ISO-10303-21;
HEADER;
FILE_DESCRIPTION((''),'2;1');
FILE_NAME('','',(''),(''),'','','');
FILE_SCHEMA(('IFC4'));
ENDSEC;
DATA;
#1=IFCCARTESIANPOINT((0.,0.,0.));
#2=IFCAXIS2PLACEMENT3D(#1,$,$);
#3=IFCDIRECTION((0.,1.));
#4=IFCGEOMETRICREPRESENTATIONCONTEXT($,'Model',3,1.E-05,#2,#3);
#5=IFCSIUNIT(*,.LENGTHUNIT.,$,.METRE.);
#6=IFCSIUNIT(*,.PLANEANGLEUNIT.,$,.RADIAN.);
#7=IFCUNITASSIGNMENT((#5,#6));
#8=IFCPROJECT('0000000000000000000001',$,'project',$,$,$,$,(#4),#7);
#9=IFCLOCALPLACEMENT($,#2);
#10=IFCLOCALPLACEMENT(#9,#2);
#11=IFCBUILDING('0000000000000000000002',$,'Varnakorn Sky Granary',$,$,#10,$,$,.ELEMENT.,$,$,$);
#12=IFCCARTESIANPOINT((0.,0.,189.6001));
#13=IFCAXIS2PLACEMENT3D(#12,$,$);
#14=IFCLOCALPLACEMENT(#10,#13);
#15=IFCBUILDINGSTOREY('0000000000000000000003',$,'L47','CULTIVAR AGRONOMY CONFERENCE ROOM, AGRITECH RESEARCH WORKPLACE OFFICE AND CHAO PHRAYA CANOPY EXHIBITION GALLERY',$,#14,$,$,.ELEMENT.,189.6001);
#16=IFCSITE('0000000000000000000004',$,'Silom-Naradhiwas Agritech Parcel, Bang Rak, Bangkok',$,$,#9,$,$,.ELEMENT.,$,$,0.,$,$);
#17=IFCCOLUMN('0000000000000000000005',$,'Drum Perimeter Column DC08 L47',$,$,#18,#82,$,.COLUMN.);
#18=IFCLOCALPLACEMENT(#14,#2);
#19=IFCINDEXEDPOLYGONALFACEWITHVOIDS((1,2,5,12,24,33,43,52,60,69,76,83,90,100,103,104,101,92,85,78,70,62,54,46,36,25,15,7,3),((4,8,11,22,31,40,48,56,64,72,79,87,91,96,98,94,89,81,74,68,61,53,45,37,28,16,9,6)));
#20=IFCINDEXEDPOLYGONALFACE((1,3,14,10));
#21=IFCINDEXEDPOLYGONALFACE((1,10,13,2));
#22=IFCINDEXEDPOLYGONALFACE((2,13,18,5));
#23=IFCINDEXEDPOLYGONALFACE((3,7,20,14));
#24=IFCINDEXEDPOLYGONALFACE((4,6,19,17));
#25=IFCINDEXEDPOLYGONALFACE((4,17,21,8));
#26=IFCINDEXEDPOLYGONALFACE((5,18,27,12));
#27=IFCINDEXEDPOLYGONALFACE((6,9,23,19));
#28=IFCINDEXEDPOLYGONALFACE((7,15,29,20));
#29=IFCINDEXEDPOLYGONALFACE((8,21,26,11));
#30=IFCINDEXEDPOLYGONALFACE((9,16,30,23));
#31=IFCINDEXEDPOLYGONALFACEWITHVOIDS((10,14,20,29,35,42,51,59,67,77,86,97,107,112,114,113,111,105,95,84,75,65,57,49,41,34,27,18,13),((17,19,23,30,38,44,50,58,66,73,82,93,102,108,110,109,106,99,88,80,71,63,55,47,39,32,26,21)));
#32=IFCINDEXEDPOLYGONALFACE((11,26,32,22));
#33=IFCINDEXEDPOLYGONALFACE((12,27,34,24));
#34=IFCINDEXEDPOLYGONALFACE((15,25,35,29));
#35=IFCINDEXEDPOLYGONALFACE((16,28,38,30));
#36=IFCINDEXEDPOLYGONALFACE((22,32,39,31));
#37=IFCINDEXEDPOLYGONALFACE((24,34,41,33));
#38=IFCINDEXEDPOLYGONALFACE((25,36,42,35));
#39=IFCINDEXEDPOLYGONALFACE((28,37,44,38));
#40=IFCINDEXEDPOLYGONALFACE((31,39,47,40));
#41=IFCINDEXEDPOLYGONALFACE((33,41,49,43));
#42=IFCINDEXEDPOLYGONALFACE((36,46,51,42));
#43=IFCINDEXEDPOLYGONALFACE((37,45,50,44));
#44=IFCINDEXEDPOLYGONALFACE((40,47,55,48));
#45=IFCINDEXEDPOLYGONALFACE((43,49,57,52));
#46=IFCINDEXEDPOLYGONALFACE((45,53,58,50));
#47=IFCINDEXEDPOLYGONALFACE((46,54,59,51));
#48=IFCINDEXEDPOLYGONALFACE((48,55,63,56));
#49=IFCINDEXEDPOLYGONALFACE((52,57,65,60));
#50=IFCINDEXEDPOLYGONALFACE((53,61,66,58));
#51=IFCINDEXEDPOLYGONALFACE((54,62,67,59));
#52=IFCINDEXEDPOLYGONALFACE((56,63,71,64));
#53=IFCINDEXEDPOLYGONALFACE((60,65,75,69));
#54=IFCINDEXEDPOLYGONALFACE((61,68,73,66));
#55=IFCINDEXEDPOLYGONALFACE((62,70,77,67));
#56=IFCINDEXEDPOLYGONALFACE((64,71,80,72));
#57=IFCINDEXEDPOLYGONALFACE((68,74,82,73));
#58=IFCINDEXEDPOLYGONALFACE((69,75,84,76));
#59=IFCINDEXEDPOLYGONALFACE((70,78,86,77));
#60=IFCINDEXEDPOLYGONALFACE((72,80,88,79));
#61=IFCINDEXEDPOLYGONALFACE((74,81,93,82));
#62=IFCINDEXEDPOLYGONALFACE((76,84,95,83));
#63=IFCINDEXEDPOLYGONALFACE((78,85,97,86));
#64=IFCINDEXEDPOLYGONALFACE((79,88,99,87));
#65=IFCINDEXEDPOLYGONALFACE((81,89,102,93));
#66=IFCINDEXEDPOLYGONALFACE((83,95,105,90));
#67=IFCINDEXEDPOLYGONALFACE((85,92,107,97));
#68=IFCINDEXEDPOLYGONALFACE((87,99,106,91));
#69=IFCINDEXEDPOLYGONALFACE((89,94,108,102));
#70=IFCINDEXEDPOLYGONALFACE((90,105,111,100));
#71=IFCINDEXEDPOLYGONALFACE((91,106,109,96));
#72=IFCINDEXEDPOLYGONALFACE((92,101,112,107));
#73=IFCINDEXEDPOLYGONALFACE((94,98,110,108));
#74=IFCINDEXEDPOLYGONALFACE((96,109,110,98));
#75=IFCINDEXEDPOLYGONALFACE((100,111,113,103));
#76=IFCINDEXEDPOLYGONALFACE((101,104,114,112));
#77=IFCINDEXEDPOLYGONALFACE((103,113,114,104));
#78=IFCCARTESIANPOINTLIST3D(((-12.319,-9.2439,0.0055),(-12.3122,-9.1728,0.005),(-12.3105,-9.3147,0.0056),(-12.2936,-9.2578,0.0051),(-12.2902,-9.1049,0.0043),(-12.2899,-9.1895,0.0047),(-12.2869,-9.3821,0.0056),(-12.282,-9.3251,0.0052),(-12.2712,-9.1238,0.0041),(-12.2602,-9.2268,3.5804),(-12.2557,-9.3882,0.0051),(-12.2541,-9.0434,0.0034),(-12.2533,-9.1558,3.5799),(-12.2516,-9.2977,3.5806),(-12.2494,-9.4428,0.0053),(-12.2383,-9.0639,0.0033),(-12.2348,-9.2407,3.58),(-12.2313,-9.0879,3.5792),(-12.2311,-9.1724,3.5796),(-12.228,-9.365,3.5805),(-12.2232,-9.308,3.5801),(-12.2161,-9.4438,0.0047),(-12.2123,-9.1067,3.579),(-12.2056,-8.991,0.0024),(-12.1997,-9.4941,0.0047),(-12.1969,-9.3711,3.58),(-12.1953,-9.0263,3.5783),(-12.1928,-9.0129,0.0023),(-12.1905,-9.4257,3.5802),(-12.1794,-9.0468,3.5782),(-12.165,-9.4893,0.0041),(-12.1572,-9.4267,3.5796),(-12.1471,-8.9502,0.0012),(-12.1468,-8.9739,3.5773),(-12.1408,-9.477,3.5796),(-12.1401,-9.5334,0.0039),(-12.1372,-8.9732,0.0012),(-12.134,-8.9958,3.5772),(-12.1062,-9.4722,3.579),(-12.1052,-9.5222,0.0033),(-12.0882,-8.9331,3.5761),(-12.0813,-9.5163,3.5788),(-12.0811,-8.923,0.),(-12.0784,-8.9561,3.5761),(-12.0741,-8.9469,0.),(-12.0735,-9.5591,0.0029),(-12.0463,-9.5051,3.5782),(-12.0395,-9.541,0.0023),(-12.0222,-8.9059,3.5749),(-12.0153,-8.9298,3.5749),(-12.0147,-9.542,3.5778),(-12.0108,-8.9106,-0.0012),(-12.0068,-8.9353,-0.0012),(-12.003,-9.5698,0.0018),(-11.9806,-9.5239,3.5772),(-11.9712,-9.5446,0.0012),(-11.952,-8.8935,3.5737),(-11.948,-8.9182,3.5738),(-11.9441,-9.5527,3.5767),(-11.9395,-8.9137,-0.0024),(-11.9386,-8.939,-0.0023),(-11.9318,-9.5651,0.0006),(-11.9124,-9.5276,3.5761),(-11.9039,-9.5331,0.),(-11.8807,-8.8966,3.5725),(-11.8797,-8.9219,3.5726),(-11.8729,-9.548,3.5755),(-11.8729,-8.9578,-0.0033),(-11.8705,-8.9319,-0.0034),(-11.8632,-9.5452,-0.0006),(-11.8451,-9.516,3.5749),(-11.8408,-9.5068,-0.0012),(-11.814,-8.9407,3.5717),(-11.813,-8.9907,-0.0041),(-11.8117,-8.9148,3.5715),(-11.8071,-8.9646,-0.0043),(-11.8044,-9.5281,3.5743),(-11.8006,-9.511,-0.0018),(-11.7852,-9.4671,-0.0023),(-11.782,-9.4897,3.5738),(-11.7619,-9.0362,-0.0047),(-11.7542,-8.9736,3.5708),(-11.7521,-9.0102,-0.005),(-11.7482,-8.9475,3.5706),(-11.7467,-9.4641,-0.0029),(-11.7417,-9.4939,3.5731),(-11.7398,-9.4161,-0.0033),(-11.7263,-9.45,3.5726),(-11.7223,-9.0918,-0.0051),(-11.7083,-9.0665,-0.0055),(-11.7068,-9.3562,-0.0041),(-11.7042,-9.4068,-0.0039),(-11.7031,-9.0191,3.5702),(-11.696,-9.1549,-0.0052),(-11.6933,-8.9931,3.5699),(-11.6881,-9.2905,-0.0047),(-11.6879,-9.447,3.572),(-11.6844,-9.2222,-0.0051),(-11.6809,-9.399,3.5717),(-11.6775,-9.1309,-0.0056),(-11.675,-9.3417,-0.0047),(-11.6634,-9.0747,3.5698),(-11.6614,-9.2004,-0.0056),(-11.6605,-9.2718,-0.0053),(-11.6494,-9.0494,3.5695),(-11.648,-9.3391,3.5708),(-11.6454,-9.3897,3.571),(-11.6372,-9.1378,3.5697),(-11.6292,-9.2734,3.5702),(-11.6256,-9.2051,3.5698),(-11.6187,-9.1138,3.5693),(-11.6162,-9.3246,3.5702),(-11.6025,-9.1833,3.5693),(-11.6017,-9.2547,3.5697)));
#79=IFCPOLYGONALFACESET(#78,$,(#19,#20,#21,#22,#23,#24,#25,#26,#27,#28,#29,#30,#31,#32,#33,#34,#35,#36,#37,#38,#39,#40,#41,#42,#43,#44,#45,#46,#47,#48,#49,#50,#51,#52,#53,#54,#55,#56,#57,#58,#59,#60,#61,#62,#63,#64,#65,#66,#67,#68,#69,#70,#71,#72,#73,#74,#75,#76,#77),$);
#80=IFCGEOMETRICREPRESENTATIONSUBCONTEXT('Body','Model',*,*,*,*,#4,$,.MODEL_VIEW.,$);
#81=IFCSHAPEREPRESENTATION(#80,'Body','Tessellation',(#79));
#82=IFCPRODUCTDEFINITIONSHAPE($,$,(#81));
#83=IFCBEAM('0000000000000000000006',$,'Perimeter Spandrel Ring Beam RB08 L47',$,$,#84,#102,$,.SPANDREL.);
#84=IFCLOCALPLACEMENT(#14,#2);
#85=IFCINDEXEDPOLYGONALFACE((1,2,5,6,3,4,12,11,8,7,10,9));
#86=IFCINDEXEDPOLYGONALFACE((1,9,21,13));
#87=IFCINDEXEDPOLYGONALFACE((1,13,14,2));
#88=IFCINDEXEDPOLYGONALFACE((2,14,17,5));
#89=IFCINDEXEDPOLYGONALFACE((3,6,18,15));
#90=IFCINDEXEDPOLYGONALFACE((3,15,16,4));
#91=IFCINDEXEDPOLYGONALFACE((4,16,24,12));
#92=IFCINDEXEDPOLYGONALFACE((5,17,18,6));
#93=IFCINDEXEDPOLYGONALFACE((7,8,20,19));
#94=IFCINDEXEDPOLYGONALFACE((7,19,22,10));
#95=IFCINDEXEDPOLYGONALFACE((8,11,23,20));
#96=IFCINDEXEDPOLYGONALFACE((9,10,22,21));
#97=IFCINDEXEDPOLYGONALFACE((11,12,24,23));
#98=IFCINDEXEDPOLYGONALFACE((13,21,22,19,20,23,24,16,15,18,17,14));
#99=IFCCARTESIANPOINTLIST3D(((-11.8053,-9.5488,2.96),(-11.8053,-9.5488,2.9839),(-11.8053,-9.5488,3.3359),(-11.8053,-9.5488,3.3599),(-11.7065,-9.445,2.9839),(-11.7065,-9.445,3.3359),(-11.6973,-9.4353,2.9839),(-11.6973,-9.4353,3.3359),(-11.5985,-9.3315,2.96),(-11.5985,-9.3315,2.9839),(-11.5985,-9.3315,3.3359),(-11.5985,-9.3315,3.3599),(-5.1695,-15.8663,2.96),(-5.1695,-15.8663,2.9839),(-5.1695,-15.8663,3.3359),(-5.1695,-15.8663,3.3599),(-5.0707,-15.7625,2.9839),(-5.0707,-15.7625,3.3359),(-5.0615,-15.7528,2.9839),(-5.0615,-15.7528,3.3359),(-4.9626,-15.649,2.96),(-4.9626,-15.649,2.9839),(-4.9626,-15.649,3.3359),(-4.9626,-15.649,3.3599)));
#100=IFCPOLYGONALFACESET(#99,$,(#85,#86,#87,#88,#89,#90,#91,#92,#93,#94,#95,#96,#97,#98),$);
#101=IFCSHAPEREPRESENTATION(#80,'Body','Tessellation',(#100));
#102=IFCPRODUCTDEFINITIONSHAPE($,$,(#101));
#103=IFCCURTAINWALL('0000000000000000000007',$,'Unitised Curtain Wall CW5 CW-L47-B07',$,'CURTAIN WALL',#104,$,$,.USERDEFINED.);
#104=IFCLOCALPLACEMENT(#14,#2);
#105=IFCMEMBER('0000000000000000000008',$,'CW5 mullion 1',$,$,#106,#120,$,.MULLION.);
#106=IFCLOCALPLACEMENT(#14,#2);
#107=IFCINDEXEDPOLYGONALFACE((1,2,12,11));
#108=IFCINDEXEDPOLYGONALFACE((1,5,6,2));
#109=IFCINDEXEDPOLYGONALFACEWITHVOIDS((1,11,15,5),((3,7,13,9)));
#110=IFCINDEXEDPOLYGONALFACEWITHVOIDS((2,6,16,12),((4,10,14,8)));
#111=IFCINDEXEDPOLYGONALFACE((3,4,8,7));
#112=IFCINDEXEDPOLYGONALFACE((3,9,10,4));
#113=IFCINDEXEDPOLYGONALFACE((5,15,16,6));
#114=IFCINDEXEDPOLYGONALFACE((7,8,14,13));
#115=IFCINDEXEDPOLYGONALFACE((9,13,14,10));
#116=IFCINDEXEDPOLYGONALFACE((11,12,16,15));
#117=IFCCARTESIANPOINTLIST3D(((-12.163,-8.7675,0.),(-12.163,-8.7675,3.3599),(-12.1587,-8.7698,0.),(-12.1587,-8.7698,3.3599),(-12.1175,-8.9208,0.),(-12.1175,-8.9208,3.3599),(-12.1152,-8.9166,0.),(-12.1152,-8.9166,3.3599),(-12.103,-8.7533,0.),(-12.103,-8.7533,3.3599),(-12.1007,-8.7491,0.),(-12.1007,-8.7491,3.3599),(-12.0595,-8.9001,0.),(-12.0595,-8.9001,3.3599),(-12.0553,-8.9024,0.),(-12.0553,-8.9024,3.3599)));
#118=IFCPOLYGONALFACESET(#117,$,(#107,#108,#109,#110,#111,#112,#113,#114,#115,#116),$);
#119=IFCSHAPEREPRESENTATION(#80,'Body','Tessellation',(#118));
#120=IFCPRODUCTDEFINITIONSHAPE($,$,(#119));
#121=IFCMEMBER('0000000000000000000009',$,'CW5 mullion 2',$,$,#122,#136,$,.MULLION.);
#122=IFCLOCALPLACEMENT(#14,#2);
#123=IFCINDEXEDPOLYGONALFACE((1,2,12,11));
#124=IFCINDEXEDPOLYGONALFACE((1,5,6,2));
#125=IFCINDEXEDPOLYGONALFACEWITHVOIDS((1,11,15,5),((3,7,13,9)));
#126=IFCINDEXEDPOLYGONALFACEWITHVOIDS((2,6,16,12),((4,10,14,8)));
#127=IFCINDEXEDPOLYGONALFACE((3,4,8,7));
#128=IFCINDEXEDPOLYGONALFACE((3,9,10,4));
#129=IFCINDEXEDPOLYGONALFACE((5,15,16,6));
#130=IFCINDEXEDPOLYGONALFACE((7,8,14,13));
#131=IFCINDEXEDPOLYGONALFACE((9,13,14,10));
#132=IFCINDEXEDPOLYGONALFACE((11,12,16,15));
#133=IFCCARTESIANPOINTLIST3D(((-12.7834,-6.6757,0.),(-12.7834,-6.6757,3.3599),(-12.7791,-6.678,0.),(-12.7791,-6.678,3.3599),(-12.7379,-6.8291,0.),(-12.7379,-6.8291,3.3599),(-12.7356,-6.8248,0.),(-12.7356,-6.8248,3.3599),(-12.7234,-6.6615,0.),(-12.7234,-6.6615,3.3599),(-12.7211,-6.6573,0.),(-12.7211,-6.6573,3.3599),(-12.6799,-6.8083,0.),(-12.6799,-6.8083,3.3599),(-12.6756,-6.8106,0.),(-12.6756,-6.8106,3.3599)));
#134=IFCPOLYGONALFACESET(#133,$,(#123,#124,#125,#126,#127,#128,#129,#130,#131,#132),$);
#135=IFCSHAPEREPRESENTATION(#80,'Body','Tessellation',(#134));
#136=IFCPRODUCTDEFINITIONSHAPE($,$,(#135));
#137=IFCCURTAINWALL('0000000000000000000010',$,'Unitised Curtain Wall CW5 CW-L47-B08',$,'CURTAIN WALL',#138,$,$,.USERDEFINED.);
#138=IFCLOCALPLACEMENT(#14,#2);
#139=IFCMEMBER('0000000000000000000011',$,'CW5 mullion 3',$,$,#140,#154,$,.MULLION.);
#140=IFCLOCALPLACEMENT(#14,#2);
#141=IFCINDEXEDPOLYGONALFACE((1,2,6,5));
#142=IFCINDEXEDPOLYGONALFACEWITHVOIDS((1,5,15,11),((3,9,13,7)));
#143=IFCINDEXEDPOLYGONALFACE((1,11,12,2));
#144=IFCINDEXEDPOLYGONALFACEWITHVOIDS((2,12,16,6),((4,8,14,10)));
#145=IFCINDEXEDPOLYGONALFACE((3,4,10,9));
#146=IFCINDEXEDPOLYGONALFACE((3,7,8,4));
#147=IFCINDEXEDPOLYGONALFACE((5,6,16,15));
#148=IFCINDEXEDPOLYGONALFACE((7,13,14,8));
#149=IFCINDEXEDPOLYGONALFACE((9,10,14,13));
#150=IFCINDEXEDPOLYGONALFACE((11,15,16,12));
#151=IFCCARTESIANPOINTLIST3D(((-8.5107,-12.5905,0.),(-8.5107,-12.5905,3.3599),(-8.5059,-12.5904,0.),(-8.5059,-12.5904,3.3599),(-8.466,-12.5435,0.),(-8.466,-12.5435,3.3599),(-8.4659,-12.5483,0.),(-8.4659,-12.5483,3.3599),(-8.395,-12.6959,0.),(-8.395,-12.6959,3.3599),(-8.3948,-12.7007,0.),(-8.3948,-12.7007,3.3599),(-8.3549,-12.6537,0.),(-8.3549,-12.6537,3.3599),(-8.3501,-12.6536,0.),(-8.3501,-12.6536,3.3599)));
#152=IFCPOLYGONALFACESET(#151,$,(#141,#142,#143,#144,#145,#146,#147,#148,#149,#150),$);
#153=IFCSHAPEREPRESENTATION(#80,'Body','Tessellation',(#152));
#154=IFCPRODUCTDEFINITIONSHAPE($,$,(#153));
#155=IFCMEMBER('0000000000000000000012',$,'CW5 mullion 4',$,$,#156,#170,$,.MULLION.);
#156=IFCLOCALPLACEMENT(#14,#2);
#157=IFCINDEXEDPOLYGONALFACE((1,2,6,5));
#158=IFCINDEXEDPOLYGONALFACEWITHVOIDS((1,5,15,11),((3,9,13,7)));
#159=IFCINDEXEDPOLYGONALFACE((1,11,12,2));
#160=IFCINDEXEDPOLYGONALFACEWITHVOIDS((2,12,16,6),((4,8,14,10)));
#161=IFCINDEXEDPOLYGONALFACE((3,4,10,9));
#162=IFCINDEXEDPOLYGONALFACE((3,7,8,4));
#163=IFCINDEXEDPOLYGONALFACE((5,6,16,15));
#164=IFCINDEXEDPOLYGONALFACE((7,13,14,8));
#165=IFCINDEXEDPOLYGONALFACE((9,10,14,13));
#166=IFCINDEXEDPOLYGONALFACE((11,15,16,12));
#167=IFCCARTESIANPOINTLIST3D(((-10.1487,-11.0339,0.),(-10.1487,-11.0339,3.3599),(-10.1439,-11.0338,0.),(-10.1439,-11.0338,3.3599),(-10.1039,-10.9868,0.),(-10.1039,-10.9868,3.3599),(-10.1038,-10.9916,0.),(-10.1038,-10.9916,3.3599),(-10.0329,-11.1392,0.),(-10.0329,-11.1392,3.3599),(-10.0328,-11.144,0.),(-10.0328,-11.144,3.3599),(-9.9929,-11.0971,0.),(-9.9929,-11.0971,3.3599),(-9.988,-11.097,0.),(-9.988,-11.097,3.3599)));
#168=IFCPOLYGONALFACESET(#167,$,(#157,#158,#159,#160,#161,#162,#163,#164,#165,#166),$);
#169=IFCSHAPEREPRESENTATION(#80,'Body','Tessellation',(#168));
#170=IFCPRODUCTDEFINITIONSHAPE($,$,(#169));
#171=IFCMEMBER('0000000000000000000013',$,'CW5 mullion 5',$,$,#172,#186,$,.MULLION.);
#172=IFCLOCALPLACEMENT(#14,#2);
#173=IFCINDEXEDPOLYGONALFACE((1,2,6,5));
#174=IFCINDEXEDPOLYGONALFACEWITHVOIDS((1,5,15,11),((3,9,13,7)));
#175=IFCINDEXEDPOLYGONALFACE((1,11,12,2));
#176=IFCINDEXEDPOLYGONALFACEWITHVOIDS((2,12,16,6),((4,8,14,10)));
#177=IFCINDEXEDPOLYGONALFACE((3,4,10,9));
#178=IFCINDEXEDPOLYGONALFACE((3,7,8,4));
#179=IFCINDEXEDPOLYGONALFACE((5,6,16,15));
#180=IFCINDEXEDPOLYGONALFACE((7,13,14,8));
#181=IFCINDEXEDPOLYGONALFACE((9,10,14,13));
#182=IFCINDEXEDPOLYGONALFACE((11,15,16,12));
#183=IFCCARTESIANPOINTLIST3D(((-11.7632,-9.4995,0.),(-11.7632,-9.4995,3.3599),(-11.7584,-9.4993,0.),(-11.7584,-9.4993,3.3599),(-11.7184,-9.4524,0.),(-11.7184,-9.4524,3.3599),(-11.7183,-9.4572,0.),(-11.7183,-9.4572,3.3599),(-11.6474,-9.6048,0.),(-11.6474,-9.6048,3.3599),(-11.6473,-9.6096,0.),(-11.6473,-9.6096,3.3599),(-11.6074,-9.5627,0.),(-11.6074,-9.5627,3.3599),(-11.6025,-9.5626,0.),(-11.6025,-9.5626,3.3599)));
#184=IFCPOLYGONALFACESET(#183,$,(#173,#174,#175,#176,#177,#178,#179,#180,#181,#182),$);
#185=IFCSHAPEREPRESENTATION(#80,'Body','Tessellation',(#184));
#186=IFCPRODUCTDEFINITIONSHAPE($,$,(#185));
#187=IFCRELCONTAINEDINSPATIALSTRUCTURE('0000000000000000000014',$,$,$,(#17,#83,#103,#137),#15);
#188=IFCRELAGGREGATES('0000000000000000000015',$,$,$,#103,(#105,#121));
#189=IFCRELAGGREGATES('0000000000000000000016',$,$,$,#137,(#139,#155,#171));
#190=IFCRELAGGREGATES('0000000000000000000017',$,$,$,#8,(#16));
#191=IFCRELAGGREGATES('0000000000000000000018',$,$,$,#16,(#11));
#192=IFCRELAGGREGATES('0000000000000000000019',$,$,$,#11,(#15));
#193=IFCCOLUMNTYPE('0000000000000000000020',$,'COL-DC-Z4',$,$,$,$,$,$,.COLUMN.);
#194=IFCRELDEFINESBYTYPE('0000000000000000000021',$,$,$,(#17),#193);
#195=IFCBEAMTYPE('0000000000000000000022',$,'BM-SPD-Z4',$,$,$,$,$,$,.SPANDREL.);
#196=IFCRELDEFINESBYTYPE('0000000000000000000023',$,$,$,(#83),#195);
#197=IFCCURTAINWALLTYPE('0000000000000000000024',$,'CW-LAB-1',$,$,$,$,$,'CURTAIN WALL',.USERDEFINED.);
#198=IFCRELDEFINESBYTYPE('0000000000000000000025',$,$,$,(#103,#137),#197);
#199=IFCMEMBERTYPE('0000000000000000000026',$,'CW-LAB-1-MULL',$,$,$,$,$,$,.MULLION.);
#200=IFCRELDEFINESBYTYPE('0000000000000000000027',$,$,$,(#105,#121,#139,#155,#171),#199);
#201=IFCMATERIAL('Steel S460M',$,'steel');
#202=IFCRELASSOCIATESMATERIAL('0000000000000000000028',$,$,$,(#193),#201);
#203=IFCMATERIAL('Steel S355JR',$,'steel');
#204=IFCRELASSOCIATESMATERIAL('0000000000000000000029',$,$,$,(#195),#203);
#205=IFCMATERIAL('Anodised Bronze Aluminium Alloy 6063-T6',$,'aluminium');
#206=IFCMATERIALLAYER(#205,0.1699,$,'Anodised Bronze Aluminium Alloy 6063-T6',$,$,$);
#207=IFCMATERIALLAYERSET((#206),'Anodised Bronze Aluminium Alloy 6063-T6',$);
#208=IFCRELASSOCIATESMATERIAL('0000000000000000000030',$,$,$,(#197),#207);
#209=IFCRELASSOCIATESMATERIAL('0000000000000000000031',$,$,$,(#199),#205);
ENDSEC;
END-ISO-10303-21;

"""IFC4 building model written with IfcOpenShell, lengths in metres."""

from ifc_helpers import new_model, si_unit, direction, frame, origin, origin_2d, place, context, subcontext, project, spatial, hollow_rectangle, hollow_circle, i_section, extrude, material, layer, layer_set, material_profile, profile_set, type_object, element, aggregate, save


model = new_model("IFC4")

# Units and contexts
model_context = context("Model", 3, precision=1e-05, world=origin(), true_north=direction((0.0, 1.0)))
body_context = subcontext(model_context, "Body", "Model", "MODEL_VIEW")
ifc_project = project(units=[si_unit("LENGTHUNIT", "METRE"), si_unit("PLANEANGLEUNIT", "RADIAN")], contexts=[model_context])

# Site, building, storey
site_placement = place(None, origin())
site = spatial("IfcSite", under=ifc_project, at=site_placement, Name="Silom-Naradhiwas Agritech Parcel, Bang Rak, Bangkok", CompositionType="ELEMENT", RefElevation=0.0)
building_placement = place(site_placement, origin())
building = spatial("IfcBuilding", under=site, at=building_placement, Name="Varnakorn Sky Granary", CompositionType="ELEMENT")
storey_placement = place(building_placement, frame((0.0, 0.0, 189.6001)))
storey = spatial("IfcBuildingStorey", under=building, at=storey_placement, Name="L47", Description="CULTIVAR AGRONOMY CONFERENCE ROOM, AGRITECH RESEARCH WORKPLACE OFFICE AND CHAO PHRAYA CANOPY EXHIBITION GALLERY", CompositionType="ELEMENT", Elevation=189.6001)

# Column
ifc_material_1 = material(Name="Steel S460M", Category="steel")
ifc_material_profile_1 = material_profile(ifc_material_1, hollow_circle(Radius=0.3301, WallThickness=0.0249, at=origin_2d()), Name="CHS 660x25")
ifc_profile_set_1 = profile_set([ifc_material_profile_1], Name="Steel S460M")
column_type = type_object("IfcColumnType", Name="COL-DC-Z4", PredefinedType="COLUMN", material=ifc_profile_set_1)
column_placement = place(storey_placement, frame((-11.989, -9.24, 0.0), z_axis=(0.016456, 0.00478, 0.999853), x_axis=(-0.278929, 0.960312, 0.0)))
element("IfcColumn", 1, at=column_placement, inside=storey, type_object=column_type, Name="Drum Perimeter Column DC08 L47", PredefinedType="COLUMN", context=body_context, shape_type="SweptSolid", body=[
    extrude(hollow_circle(Radius=0.3301, WallThickness=0.0249, at=origin_2d()), origin(), (0.0, 0.0, 1.0), 3.5754),
])

# Beam
ifc_material_2 = material(Name="Steel S355JR", Category="steel")
ifc_material_profile_2 = material_profile(ifc_material_2, i_section(OverallWidth=0.3, OverallDepth=0.3999, WebThickness=0.0134, FlangeThickness=0.0239, at=origin_2d()), Name="HE 400 B")
ifc_profile_set_2 = profile_set([ifc_material_profile_2], Name="Steel S355JR")
beam_type = type_object("IfcBeamType", Name="BM-SPD-Z4", PredefinedType="SPANDREL", material=ifc_profile_set_2)
beam_placement = place(storey_placement, frame((-11.7019, -9.4402, 3.1599), z_axis=(0.724267, -0.689519, 0.0), x_axis=(0.689519, 0.724267, 0.0)))
element("IfcBeam", 2, at=beam_placement, inside=storey, type_object=beam_type, Name="Perimeter Spandrel Ring Beam RB08 L47", PredefinedType="SPANDREL", context=body_context, shape_type="SweptSolid", body=[
    extrude(i_section(OverallWidth=0.3, OverallDepth=0.3999, WebThickness=0.0134, FlangeThickness=0.0239, at=origin_2d()), origin(), (0.0, 0.0, 1.0), 9.1621),
])

# Curtain walls, members
ifc_material_3 = material(Name="Anodised Bronze Aluminium Alloy 6063-T6", Category="aluminium")
ifc_layer_1 = layer(ifc_material_3, 0.1699, Name="Anodised Bronze Aluminium Alloy 6063-T6")
ifc_layer_set_1 = layer_set([ifc_layer_1], Name="Anodised Bronze Aluminium Alloy 6063-T6")
curtain_wall_type = type_object("IfcCurtainWallType", Name="CW-LAB-1", ElementType="CURTAIN WALL", PredefinedType="USERDEFINED", material=ifc_layer_set_1)
curtain_wall_1_placement = place(storey_placement, origin())
curtain_wall_1 = element("IfcCurtainWall", 3, at=curtain_wall_1_placement, inside=storey, type_object=curtain_wall_type, Name="Unitised Curtain Wall CW5 CW-L47-B07", ObjectType="CURTAIN WALL", PredefinedType="USERDEFINED")
ifc_material_profile_3 = material_profile(ifc_material_3, hollow_rectangle(XDim=0.0649, YDim=0.1599, WallThickness=0.0034, at=origin_2d()), Name="ALU MULL 65x160")
ifc_profile_set_3 = profile_set([ifc_material_profile_3], Name="Anodised Bronze Aluminium Alloy 6063-T6")
member_type_1 = type_object("IfcMemberType", Name="CW-LAB-1-MULL", PredefinedType="MULLION", material=ifc_profile_set_3)
member_1_placement = place(storey_placement, frame((-12.1091, -8.835, 0.0), z_axis=(0.0, 0.0, 1.0), x_axis=(-0.958737, -0.284295, 0.0)))
member_1 = element("IfcMember", 4, at=member_1_placement, type_object=member_type_1, Name="CW5 mullion 1", PredefinedType="MULLION", context=body_context, shape_type="SweptSolid", body=[
    extrude(hollow_rectangle(XDim=0.0649, YDim=0.1599, WallThickness=0.0034, at=origin_2d()), origin(), (0.0, 0.0, 1.0), 3.3599),
])
member_2_placement = place(storey_placement, frame((-12.7295, -6.7432, 0.0), z_axis=(0.0, 0.0, 1.0), x_axis=(-0.958737, -0.284295, 0.0)))
member_2 = element("IfcMember", 5, at=member_2_placement, type_object=member_type_1, Name="CW5 mullion 2", PredefinedType="MULLION", context=body_context, shape_type="SweptSolid", body=[
    extrude(hollow_rectangle(XDim=0.0649, YDim=0.1599, WallThickness=0.0034, at=origin_2d()), origin(), (0.0, 0.0, 1.0), 3.3599),
])
curtain_wall_2_placement = place(storey_placement, origin())
curtain_wall_2 = element("IfcCurtainWall", 6, at=curtain_wall_2_placement, inside=storey, type_object=curtain_wall_type, Name="Unitised Curtain Wall CW5 CW-L47-B08", ObjectType="CURTAIN WALL", PredefinedType="USERDEFINED")
member_3_placement = place(storey_placement, frame((-8.4304, -12.6221, 0.0), z_axis=(0.0, 0.0, 1.0), x_axis=(-0.688905, -0.724851, 0.0)))
member_3 = element("IfcMember", 7, at=member_3_placement, type_object=member_type_1, Name="CW5 mullion 3", PredefinedType="MULLION", context=body_context, shape_type="SweptSolid", body=[
    extrude(hollow_rectangle(XDim=0.0649, YDim=0.1599, WallThickness=0.0034, at=origin_2d()), origin(), (0.0, 0.0, 1.0), 3.3599),
])
member_4_placement = place(storey_placement, frame((-10.0684, -11.0654, 0.0), z_axis=(0.0, 0.0, 1.0), x_axis=(-0.688905, -0.724851, 0.0)))
member_4 = element("IfcMember", 8, at=member_4_placement, type_object=member_type_1, Name="CW5 mullion 4", PredefinedType="MULLION", context=body_context, shape_type="SweptSolid", body=[
    extrude(hollow_rectangle(XDim=0.0649, YDim=0.1599, WallThickness=0.0034, at=origin_2d()), origin(), (0.0, 0.0, 1.0), 3.3599),
])
member_5_placement = place(storey_placement, frame((-11.6829, -9.531, 0.0), z_axis=(0.0, 0.0, 1.0), x_axis=(-0.688905, -0.724851, 0.0)))
member_5 = element("IfcMember", 9, at=member_5_placement, type_object=member_type_1, Name="CW5 mullion 5", PredefinedType="MULLION", context=body_context, shape_type="SweptSolid", body=[
    extrude(hollow_rectangle(XDim=0.0649, YDim=0.1599, WallThickness=0.0034, at=origin_2d()), origin(), (0.0, 0.0, 1.0), 3.3599),
])

aggregate(curtain_wall_1, [member_1, member_2])
aggregate(curtain_wall_2, [member_3, member_4, member_5])

save(model, "model.ifc")
